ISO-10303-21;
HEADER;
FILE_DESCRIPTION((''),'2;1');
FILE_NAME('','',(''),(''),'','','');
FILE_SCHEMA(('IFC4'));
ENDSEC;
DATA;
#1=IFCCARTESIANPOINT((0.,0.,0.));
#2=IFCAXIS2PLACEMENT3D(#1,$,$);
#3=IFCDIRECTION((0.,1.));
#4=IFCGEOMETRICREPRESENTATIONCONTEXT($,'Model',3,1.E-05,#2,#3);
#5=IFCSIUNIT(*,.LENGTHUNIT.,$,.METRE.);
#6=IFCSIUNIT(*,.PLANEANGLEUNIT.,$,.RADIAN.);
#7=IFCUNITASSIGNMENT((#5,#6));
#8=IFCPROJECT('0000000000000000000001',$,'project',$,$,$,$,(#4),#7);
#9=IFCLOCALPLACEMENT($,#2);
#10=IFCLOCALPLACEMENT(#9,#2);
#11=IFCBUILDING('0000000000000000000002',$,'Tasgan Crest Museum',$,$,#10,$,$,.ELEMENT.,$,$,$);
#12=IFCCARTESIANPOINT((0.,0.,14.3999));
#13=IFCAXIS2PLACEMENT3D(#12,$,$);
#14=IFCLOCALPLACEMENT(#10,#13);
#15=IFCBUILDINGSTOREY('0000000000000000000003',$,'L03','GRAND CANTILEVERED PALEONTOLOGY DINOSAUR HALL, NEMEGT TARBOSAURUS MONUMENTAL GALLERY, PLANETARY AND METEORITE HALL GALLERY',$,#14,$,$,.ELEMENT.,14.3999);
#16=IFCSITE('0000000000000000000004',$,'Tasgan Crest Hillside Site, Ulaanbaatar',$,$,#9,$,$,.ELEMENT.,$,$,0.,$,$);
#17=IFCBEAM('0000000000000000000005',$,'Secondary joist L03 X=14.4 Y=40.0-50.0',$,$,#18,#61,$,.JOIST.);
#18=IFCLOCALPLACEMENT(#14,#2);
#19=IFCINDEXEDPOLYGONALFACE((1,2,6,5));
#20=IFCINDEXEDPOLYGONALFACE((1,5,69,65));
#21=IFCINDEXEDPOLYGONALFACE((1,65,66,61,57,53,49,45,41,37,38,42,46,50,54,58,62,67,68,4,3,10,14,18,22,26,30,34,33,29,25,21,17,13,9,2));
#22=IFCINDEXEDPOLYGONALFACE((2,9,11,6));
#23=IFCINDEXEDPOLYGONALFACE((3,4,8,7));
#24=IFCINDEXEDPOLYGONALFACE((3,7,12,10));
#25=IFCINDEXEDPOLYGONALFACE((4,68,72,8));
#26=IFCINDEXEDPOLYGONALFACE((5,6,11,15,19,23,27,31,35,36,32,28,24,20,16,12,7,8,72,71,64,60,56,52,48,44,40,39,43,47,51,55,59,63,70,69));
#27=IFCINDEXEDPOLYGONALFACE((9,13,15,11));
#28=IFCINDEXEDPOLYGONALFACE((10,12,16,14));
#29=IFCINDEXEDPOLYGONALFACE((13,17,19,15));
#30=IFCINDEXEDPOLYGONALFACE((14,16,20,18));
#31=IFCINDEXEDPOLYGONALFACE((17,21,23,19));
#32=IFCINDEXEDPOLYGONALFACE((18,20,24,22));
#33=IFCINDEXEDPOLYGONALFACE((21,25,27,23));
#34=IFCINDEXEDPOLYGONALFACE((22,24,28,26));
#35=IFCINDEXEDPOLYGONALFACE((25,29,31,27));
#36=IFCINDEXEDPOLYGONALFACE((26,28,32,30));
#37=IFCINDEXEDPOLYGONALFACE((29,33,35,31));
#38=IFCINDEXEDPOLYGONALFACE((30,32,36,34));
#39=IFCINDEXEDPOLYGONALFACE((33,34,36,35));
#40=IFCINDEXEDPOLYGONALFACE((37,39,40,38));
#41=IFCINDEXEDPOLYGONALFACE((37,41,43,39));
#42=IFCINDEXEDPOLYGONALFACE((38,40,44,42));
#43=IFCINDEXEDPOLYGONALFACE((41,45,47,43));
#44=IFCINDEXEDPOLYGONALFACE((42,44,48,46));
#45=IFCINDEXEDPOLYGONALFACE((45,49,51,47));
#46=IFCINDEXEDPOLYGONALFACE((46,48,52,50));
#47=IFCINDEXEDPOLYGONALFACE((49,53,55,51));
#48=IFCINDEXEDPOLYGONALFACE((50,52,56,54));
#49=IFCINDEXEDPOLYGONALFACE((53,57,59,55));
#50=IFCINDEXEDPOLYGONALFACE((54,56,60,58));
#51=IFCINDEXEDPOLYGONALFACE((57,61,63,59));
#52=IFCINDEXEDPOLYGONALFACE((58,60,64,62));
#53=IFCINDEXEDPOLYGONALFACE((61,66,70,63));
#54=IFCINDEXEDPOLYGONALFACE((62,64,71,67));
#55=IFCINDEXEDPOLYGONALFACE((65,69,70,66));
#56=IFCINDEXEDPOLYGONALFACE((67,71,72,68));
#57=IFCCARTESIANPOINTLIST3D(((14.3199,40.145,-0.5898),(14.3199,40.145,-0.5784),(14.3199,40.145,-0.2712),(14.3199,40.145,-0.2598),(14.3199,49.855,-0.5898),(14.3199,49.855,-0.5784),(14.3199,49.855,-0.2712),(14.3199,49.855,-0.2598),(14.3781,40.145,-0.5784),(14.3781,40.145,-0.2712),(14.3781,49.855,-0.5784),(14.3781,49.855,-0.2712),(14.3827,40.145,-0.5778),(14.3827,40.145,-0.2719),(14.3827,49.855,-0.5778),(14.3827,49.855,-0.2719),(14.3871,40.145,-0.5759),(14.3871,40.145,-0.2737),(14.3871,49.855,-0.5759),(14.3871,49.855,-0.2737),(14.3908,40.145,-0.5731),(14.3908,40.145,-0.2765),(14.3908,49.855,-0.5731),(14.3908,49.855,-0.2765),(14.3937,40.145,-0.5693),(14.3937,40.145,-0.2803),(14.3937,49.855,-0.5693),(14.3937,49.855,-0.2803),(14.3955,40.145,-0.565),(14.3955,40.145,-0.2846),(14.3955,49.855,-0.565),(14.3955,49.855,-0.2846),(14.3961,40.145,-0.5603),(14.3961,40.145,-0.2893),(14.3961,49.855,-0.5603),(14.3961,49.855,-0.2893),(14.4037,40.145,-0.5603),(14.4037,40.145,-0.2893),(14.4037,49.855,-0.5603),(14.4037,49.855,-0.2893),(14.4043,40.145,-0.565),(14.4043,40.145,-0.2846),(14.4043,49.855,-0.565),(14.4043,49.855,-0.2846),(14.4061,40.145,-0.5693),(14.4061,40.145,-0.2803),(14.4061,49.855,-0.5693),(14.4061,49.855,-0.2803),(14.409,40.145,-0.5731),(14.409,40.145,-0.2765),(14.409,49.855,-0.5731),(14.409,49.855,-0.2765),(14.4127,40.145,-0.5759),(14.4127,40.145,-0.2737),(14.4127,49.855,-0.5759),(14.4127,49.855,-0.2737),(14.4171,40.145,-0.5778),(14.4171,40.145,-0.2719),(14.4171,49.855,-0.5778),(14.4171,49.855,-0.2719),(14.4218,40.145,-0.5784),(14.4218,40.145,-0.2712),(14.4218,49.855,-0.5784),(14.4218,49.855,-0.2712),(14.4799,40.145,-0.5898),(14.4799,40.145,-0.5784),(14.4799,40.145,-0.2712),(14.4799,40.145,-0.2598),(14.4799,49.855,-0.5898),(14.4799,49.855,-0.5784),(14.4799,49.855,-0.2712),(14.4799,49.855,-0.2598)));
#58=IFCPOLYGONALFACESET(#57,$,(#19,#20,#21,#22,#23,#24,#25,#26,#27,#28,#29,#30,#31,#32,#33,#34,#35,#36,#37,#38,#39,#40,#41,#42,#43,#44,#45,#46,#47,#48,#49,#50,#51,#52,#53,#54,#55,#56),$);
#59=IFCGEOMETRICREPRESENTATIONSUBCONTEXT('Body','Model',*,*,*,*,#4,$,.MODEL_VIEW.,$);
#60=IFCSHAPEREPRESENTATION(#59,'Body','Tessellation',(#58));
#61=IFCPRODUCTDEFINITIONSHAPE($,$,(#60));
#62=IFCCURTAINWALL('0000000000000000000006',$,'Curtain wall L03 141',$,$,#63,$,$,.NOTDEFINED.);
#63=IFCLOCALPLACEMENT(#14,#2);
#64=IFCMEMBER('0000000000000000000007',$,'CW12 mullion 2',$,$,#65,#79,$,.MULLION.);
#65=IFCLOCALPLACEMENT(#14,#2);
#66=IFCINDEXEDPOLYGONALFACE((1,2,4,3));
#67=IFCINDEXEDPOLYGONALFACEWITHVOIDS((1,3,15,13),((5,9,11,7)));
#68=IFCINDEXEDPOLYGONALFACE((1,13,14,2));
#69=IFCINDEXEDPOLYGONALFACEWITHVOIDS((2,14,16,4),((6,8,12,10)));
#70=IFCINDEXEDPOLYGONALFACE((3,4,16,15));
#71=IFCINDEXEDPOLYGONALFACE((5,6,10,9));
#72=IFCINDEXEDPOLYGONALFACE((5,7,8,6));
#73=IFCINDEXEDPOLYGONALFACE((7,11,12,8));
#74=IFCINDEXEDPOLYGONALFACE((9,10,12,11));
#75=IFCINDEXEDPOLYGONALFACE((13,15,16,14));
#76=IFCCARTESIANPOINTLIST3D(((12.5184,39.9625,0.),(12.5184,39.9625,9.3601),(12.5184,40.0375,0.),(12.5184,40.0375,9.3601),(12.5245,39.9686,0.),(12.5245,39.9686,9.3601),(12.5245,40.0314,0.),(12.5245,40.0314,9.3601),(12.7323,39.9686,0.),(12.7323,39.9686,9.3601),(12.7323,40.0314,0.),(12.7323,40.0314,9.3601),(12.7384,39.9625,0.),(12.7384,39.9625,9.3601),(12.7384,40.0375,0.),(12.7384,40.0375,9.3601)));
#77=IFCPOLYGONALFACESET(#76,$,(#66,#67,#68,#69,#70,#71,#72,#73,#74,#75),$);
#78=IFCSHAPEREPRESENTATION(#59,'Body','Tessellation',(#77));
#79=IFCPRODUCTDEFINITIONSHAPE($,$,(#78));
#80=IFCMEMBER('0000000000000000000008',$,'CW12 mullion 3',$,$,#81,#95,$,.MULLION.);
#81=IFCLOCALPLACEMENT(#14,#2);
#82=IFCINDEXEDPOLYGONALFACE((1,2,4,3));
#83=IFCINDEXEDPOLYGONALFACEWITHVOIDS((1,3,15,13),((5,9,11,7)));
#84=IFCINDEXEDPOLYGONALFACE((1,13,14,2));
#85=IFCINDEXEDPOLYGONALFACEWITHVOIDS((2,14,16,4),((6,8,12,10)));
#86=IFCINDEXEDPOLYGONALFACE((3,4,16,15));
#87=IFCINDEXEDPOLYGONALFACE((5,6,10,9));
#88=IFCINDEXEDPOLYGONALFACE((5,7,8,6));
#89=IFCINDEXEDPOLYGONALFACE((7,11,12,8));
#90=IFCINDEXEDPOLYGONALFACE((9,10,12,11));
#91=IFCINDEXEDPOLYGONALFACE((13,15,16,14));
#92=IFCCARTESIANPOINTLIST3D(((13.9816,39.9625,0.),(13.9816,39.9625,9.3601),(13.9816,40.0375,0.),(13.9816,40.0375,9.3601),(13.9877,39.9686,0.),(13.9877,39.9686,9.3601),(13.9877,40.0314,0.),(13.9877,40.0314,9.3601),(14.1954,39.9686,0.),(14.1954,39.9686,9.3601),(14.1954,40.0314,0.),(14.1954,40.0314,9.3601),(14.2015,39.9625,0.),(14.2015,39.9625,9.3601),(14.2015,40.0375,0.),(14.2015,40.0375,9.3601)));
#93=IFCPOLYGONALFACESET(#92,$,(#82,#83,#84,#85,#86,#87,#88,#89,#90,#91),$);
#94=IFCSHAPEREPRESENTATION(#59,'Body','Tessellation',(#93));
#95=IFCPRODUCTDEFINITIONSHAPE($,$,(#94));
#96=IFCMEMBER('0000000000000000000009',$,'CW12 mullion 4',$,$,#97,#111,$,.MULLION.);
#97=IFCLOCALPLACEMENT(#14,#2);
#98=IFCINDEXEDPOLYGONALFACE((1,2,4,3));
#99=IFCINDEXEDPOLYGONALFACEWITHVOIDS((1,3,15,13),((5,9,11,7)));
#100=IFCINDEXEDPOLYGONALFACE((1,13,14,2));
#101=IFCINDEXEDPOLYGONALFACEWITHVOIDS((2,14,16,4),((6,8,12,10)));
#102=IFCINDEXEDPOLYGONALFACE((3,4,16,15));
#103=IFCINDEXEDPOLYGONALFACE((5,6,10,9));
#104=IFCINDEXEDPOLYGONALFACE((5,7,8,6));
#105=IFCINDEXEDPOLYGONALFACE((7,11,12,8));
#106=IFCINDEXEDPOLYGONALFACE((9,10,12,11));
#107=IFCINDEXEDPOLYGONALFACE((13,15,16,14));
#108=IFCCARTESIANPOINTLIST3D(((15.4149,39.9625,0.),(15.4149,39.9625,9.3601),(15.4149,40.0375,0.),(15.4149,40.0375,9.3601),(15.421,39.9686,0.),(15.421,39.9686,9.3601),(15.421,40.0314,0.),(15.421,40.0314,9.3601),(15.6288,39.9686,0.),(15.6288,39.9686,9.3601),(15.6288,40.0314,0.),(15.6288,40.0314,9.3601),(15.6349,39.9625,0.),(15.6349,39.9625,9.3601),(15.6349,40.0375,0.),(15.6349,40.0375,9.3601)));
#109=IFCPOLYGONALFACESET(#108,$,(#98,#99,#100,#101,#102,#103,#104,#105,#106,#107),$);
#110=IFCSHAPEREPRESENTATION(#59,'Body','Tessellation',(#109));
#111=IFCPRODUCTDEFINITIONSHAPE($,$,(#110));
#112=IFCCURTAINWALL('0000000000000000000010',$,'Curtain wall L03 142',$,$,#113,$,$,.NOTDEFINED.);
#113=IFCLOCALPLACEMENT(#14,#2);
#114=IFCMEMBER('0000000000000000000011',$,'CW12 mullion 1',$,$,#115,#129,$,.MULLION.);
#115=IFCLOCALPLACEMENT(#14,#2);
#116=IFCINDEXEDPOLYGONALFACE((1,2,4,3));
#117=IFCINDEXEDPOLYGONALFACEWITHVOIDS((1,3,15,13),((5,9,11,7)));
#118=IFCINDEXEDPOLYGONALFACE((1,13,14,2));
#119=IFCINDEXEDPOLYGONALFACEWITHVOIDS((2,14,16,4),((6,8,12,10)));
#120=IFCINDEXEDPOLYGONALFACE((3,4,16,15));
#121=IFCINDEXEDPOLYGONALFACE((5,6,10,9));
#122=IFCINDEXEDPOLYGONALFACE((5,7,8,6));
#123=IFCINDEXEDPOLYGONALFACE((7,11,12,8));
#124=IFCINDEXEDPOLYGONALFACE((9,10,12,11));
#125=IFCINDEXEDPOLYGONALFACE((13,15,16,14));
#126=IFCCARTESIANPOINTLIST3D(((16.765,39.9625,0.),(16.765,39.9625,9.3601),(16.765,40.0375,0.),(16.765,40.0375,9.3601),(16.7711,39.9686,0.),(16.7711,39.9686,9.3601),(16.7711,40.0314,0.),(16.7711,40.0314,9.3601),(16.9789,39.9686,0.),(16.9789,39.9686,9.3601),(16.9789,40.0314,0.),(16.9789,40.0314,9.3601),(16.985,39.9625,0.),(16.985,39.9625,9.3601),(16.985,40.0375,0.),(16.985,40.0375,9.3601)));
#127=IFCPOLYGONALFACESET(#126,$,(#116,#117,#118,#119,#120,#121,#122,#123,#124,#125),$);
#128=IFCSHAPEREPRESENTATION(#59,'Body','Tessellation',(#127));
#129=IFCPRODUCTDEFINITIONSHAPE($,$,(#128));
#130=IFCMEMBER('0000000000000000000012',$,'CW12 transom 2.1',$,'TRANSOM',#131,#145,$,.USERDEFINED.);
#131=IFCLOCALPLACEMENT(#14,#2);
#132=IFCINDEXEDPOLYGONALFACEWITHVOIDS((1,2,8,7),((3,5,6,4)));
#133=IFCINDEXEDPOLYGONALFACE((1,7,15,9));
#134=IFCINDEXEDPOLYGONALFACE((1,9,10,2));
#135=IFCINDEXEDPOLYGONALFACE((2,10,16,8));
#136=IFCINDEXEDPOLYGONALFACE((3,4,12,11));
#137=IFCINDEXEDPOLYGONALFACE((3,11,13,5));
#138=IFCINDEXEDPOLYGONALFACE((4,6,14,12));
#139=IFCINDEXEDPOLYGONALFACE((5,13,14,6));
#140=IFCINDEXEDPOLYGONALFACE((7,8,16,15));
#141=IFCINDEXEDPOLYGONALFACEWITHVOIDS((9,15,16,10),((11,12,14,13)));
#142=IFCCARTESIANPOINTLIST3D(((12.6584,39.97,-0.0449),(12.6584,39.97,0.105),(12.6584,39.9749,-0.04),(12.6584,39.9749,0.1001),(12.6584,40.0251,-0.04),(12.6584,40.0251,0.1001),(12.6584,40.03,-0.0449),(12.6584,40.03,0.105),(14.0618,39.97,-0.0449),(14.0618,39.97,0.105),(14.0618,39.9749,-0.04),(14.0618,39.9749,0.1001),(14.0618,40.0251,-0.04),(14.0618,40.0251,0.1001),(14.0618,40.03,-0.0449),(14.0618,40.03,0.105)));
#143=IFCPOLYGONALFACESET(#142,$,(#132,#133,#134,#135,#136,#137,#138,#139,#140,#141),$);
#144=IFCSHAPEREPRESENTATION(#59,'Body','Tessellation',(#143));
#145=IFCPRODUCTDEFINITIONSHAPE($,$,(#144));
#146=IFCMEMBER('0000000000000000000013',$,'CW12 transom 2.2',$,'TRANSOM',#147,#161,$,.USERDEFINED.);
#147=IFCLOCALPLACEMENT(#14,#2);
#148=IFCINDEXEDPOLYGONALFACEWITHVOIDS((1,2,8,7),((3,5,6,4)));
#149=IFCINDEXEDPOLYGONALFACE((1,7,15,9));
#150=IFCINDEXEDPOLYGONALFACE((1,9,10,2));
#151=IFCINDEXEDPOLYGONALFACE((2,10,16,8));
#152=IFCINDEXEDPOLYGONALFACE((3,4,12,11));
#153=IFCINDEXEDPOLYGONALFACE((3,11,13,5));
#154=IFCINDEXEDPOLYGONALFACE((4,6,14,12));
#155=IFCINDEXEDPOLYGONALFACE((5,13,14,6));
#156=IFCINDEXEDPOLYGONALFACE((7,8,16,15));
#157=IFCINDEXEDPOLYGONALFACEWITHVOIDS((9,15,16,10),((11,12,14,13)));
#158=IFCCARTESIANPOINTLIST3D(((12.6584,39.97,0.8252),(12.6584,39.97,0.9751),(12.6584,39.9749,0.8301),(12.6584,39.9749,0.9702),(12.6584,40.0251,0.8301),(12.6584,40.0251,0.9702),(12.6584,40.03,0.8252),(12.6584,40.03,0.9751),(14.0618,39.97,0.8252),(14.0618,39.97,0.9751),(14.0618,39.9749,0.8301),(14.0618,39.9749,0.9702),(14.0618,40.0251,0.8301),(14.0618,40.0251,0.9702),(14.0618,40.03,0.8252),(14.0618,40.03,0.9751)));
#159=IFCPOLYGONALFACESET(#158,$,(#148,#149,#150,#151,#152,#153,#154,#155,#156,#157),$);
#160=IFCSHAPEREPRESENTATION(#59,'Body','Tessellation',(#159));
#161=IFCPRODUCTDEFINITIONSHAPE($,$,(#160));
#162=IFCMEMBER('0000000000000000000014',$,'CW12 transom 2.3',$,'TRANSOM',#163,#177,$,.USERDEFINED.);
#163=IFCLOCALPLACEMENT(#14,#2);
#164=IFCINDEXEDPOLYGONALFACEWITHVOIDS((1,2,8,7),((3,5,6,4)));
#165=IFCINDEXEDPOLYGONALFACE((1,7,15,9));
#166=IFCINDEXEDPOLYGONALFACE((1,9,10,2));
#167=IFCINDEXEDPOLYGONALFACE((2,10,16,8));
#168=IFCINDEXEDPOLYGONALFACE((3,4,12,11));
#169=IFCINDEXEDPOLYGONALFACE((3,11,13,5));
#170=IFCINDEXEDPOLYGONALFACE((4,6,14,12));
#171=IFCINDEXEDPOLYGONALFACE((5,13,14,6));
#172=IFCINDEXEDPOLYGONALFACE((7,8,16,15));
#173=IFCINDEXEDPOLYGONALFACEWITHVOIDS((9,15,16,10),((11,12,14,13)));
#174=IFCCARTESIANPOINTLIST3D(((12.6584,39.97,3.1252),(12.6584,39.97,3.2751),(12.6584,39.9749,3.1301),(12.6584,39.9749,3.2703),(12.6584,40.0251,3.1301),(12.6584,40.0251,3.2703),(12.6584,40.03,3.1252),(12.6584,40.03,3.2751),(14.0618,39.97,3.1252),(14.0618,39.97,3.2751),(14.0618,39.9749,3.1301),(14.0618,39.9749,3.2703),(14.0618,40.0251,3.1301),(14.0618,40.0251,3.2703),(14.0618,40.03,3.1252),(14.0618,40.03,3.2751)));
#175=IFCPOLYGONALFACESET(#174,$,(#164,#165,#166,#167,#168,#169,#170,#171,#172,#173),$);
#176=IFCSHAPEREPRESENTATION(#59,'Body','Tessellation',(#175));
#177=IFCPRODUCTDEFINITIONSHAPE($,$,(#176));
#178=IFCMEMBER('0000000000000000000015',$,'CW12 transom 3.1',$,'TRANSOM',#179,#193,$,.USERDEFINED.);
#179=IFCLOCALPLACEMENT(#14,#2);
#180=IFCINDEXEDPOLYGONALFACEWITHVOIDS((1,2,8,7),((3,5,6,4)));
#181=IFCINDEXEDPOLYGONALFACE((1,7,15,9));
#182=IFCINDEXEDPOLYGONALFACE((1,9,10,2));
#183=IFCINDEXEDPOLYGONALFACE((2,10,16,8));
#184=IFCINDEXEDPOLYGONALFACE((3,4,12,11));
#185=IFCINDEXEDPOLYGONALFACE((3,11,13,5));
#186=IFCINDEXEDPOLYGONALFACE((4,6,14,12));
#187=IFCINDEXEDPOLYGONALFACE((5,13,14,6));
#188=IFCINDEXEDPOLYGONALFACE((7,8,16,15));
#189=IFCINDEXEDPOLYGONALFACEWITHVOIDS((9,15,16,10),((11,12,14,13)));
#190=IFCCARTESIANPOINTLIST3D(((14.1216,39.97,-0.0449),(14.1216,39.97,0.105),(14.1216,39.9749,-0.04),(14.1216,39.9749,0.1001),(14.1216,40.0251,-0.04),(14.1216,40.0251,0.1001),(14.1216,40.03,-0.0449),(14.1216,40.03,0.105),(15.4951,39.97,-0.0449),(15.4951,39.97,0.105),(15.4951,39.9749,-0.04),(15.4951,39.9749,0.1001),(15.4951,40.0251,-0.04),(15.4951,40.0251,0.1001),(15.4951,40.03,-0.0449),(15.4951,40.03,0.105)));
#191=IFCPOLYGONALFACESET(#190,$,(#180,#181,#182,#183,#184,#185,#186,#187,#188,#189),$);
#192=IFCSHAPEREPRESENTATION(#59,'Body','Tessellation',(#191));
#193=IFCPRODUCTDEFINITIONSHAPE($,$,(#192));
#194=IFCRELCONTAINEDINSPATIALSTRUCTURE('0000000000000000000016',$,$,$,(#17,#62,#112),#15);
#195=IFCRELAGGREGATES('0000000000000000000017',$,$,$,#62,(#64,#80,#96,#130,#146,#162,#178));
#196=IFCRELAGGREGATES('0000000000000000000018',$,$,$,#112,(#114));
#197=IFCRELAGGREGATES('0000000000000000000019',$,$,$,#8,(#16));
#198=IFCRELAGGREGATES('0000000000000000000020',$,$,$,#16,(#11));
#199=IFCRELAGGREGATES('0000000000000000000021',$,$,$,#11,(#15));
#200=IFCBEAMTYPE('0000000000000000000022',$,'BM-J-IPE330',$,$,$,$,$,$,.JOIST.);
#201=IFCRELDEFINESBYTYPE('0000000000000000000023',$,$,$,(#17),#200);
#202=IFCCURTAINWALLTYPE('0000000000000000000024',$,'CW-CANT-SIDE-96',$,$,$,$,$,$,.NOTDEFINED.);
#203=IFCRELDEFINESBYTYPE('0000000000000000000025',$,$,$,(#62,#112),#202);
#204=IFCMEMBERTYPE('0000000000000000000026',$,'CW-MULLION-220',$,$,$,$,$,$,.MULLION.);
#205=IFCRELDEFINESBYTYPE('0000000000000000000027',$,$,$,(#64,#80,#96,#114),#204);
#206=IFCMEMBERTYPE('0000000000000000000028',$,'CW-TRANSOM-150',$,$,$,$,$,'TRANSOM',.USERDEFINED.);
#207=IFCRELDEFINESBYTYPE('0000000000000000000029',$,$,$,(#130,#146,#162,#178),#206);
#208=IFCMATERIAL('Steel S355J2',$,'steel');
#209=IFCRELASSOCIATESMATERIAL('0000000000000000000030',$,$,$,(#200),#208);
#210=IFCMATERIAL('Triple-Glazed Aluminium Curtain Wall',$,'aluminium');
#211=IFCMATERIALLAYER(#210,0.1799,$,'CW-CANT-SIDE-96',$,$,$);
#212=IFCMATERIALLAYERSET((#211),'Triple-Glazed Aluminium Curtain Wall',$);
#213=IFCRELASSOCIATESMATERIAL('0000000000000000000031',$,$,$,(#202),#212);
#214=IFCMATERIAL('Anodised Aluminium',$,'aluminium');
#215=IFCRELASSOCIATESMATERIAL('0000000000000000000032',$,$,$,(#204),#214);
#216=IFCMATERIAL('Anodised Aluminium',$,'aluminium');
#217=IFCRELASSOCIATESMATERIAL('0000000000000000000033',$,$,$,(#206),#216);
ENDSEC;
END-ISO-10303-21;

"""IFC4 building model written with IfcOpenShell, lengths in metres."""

from ifc_helpers import new_model, si_unit, direction, frame, origin, origin_2d, place, context, subcontext, project, spatial, hollow_rectangle, i_section, extrude, material, layer, layer_set, material_profile, profile_set, type_object, element, aggregate, save


model = new_model("IFC4")

# Units and contexts
model_context = context("Model", 3, precision=1e-05, world=origin(), true_north=direction((0.0, 1.0)))
body_context = subcontext(model_context, "Body", "Model", "MODEL_VIEW")
ifc_project = project(units=[si_unit("LENGTHUNIT", "METRE"), si_unit("PLANEANGLEUNIT", "RADIAN")], contexts=[model_context])

# Site, building, storey
site_placement = place(None, origin())
site = spatial("IfcSite", under=ifc_project, at=site_placement, Name="Tasgan Crest Hillside Site, Ulaanbaatar", CompositionType="ELEMENT", RefElevation=0.0)
building_placement = place(site_placement, origin())
building = spatial("IfcBuilding", under=site, at=building_placement, Name="Tasgan Crest Museum", CompositionType="ELEMENT")
storey_placement = place(building_placement, frame((0.0, 0.0, 14.3999)))
storey = spatial("IfcBuildingStorey", under=building, at=storey_placement, Name="L03", Description="GRAND CANTILEVERED PALEONTOLOGY DINOSAUR HALL, NEMEGT TARBOSAURUS MONUMENTAL GALLERY, PLANETARY AND METEORITE HALL GALLERY", CompositionType="ELEMENT", Elevation=14.3999)

# Beam
ifc_material_1 = material(Name="Steel S355J2", Category="steel")
ifc_material_profile_1 = material_profile(ifc_material_1, i_section(OverallWidth=0.1599, OverallDepth=0.3301, WebThickness=0.0076, FlangeThickness=0.0115, FilletRadius=0.0181, at=origin_2d()), Name="IPE 330")
ifc_profile_set_1 = profile_set([ifc_material_profile_1], Name="Steel S355J2")
beam_type = type_object("IfcBeamType", Name="BM-J-IPE330", PredefinedType="JOIST", material=ifc_profile_set_1)
beam_placement = place(storey_placement, frame((14.3999, 40.145, -0.4248), z_axis=(0.0, 1.0, 0.0), x_axis=(-1.0, 0.0, 0.0)))
element("IfcBeam", 1, at=beam_placement, inside=storey, type_object=beam_type, Name="Secondary joist L03 X=14.4 Y=40.0-50.0", PredefinedType="JOIST", context=body_context, shape_type="SweptSolid", body=[
    extrude(i_section(OverallWidth=0.1599, OverallDepth=0.3301, WebThickness=0.0076, FlangeThickness=0.0115, FilletRadius=0.0181, at=origin_2d()), origin(), (0.0, 0.0, 1.0), 9.71),
])

# Curtain wall, members
ifc_material_2 = material(Name="Triple-Glazed Aluminium Curtain Wall", Category="aluminium")
ifc_layer_1 = layer(ifc_material_2, 0.1799, Name="CW-CANT-SIDE-96")
ifc_layer_set_1 = layer_set([ifc_layer_1], Name="Triple-Glazed Aluminium Curtain Wall")
curtain_wall_type = type_object("IfcCurtainWallType", Name="CW-CANT-SIDE-96", PredefinedType="NOTDEFINED", material=ifc_layer_set_1)
curtain_wall_1_placement = place(storey_placement, origin())
curtain_wall_1 = element("IfcCurtainWall", 2, at=curtain_wall_1_placement, inside=storey, type_object=curtain_wall_type, Name="Curtain wall L03 141", PredefinedType="NOTDEFINED")
ifc_material_3 = material(Name="Anodised Aluminium", Category="aluminium")
ifc_material_profile_2 = material_profile(ifc_material_3, hollow_rectangle(XDim=0.075, YDim=0.22, WallThickness=0.0061, at=origin_2d()), Name="ALU MULLION 220x75x6")
ifc_profile_set_2 = profile_set([ifc_material_profile_2], Name="Anodised Aluminium")
member_type_1 = type_object("IfcMemberType", Name="CW-MULLION-220", PredefinedType="MULLION", material=ifc_profile_set_2)
member_1_placement = place(storey_placement, frame((12.6284, 40.0, 0.0), z_axis=(0.0, 0.0, 1.0), x_axis=(0.0, 1.0, 0.0)))
member_1 = element("IfcMember", 3, at=member_1_placement, type_object=member_type_1, Name="CW12 mullion 2", PredefinedType="MULLION", context=body_context, shape_type="SweptSolid", body=[
    extrude(hollow_rectangle(XDim=0.075, YDim=0.22, WallThickness=0.0061, at=origin_2d()), origin(), (0.0, 0.0, 1.0), 9.3601),
])
member_2_placement = place(storey_placement, frame((14.0916, 40.0, 0.0), z_axis=(0.0, 0.0, 1.0), x_axis=(0.0, 1.0, 0.0)))
member_2 = element("IfcMember", 4, at=member_2_placement, type_object=member_type_1, Name="CW12 mullion 3", PredefinedType="MULLION", context=body_context, shape_type="SweptSolid", body=[
    extrude(hollow_rectangle(XDim=0.075, YDim=0.22, WallThickness=0.0061, at=origin_2d()), origin(), (0.0, 0.0, 1.0), 9.3601),
])
member_3_placement = place(storey_placement, frame((15.5249, 40.0, 0.0), z_axis=(0.0, 0.0, 1.0), x_axis=(0.0, 1.0, 0.0)))
member_3 = element("IfcMember", 5, at=member_3_placement, type_object=member_type_1, Name="CW12 mullion 4", PredefinedType="MULLION", context=body_context, shape_type="SweptSolid", body=[
    extrude(hollow_rectangle(XDim=0.075, YDim=0.22, WallThickness=0.0061, at=origin_2d()), origin(), (0.0, 0.0, 1.0), 9.3601),
])

# Curtain wall, member
curtain_wall_2_placement = place(storey_placement, origin())
curtain_wall_2 = element("IfcCurtainWall", 6, at=curtain_wall_2_placement, inside=storey, type_object=curtain_wall_type, Name="Curtain wall L03 142", PredefinedType="NOTDEFINED")
member_4_placement = place(storey_placement, frame((16.875, 40.0, 0.0), z_axis=(0.0, 0.0, 1.0), x_axis=(0.0, 1.0, 0.0)))
member_4 = element("IfcMember", 7, at=member_4_placement, type_object=member_type_1, Name="CW12 mullion 1", PredefinedType="MULLION", context=body_context, shape_type="SweptSolid", body=[
    extrude(hollow_rectangle(XDim=0.075, YDim=0.22, WallThickness=0.0061, at=origin_2d()), origin(), (0.0, 0.0, 1.0), 9.3601),
])

# Members
ifc_material_4 = material(Name="Anodised Aluminium", Category="aluminium")
ifc_material_profile_3 = material_profile(ifc_material_4, hollow_rectangle(XDim=0.0601, YDim=0.1499, WallThickness=0.0049, at=origin_2d()), Name="ALU TRANSOM 150x60x5")
ifc_profile_set_3 = profile_set([ifc_material_profile_3], Name="Anodised Aluminium")
member_type_2 = type_object("IfcMemberType", Name="CW-TRANSOM-150", ElementType="TRANSOM", PredefinedType="USERDEFINED", material=ifc_profile_set_3)
member_5_placement = place(storey_placement, frame((12.6584, 40.0, 0.03), z_axis=(1.0, 0.0, 0.0), x_axis=(0.0, 1.0, 0.0)))
member_5 = element("IfcMember", 8, at=member_5_placement, type_object=member_type_2, Name="CW12 transom 2.1", ObjectType="TRANSOM", PredefinedType="USERDEFINED", context=body_context, shape_type="SweptSolid", body=[
    extrude(hollow_rectangle(XDim=0.0601, YDim=0.1499, WallThickness=0.0049, at=origin_2d()), origin(), (0.0, 0.0, 1.0), 1.4033),
])
member_6_placement = place(storey_placement, frame((12.6584, 40.0, 0.9001), z_axis=(1.0, 0.0, 0.0), x_axis=(0.0, 1.0, 0.0)))
member_6 = element("IfcMember", 9, at=member_6_placement, type_object=member_type_2, Name="CW12 transom 2.2", ObjectType="TRANSOM", PredefinedType="USERDEFINED", context=body_context, shape_type="SweptSolid", body=[
    extrude(hollow_rectangle(XDim=0.0601, YDim=0.1499, WallThickness=0.0049, at=origin_2d()), origin(), (0.0, 0.0, 1.0), 1.4033),
])
member_7_placement = place(storey_placement, frame((12.6584, 40.0, 3.2002), z_axis=(1.0, 0.0, 0.0), x_axis=(0.0, 1.0, 0.0)))
member_7 = element("IfcMember", 10, at=member_7_placement, type_object=member_type_2, Name="CW12 transom 2.3", ObjectType="TRANSOM", PredefinedType="USERDEFINED", context=body_context, shape_type="SweptSolid", body=[
    extrude(hollow_rectangle(XDim=0.0601, YDim=0.1499, WallThickness=0.0049, at=origin_2d()), origin(), (0.0, 0.0, 1.0), 1.4033),
])
member_8_placement = place(storey_placement, frame((14.1216, 40.0, 0.03), z_axis=(1.0, 0.0, 0.0), x_axis=(0.0, 1.0, 0.0)))
member_8 = element("IfcMember", 11, at=member_8_placement, type_object=member_type_2, Name="CW12 transom 3.1", ObjectType="TRANSOM", PredefinedType="USERDEFINED", context=body_context, shape_type="SweptSolid", body=[
    extrude(hollow_rectangle(XDim=0.0601, YDim=0.1499, WallThickness=0.0049, at=origin_2d()), origin(), (0.0, 0.0, 1.0), 1.3735),
])

aggregate(curtain_wall_1, [member_1, member_2, member_3, member_5, member_6, member_7, member_8])
aggregate(curtain_wall_2, [member_4])

save(model, "model.ifc")
